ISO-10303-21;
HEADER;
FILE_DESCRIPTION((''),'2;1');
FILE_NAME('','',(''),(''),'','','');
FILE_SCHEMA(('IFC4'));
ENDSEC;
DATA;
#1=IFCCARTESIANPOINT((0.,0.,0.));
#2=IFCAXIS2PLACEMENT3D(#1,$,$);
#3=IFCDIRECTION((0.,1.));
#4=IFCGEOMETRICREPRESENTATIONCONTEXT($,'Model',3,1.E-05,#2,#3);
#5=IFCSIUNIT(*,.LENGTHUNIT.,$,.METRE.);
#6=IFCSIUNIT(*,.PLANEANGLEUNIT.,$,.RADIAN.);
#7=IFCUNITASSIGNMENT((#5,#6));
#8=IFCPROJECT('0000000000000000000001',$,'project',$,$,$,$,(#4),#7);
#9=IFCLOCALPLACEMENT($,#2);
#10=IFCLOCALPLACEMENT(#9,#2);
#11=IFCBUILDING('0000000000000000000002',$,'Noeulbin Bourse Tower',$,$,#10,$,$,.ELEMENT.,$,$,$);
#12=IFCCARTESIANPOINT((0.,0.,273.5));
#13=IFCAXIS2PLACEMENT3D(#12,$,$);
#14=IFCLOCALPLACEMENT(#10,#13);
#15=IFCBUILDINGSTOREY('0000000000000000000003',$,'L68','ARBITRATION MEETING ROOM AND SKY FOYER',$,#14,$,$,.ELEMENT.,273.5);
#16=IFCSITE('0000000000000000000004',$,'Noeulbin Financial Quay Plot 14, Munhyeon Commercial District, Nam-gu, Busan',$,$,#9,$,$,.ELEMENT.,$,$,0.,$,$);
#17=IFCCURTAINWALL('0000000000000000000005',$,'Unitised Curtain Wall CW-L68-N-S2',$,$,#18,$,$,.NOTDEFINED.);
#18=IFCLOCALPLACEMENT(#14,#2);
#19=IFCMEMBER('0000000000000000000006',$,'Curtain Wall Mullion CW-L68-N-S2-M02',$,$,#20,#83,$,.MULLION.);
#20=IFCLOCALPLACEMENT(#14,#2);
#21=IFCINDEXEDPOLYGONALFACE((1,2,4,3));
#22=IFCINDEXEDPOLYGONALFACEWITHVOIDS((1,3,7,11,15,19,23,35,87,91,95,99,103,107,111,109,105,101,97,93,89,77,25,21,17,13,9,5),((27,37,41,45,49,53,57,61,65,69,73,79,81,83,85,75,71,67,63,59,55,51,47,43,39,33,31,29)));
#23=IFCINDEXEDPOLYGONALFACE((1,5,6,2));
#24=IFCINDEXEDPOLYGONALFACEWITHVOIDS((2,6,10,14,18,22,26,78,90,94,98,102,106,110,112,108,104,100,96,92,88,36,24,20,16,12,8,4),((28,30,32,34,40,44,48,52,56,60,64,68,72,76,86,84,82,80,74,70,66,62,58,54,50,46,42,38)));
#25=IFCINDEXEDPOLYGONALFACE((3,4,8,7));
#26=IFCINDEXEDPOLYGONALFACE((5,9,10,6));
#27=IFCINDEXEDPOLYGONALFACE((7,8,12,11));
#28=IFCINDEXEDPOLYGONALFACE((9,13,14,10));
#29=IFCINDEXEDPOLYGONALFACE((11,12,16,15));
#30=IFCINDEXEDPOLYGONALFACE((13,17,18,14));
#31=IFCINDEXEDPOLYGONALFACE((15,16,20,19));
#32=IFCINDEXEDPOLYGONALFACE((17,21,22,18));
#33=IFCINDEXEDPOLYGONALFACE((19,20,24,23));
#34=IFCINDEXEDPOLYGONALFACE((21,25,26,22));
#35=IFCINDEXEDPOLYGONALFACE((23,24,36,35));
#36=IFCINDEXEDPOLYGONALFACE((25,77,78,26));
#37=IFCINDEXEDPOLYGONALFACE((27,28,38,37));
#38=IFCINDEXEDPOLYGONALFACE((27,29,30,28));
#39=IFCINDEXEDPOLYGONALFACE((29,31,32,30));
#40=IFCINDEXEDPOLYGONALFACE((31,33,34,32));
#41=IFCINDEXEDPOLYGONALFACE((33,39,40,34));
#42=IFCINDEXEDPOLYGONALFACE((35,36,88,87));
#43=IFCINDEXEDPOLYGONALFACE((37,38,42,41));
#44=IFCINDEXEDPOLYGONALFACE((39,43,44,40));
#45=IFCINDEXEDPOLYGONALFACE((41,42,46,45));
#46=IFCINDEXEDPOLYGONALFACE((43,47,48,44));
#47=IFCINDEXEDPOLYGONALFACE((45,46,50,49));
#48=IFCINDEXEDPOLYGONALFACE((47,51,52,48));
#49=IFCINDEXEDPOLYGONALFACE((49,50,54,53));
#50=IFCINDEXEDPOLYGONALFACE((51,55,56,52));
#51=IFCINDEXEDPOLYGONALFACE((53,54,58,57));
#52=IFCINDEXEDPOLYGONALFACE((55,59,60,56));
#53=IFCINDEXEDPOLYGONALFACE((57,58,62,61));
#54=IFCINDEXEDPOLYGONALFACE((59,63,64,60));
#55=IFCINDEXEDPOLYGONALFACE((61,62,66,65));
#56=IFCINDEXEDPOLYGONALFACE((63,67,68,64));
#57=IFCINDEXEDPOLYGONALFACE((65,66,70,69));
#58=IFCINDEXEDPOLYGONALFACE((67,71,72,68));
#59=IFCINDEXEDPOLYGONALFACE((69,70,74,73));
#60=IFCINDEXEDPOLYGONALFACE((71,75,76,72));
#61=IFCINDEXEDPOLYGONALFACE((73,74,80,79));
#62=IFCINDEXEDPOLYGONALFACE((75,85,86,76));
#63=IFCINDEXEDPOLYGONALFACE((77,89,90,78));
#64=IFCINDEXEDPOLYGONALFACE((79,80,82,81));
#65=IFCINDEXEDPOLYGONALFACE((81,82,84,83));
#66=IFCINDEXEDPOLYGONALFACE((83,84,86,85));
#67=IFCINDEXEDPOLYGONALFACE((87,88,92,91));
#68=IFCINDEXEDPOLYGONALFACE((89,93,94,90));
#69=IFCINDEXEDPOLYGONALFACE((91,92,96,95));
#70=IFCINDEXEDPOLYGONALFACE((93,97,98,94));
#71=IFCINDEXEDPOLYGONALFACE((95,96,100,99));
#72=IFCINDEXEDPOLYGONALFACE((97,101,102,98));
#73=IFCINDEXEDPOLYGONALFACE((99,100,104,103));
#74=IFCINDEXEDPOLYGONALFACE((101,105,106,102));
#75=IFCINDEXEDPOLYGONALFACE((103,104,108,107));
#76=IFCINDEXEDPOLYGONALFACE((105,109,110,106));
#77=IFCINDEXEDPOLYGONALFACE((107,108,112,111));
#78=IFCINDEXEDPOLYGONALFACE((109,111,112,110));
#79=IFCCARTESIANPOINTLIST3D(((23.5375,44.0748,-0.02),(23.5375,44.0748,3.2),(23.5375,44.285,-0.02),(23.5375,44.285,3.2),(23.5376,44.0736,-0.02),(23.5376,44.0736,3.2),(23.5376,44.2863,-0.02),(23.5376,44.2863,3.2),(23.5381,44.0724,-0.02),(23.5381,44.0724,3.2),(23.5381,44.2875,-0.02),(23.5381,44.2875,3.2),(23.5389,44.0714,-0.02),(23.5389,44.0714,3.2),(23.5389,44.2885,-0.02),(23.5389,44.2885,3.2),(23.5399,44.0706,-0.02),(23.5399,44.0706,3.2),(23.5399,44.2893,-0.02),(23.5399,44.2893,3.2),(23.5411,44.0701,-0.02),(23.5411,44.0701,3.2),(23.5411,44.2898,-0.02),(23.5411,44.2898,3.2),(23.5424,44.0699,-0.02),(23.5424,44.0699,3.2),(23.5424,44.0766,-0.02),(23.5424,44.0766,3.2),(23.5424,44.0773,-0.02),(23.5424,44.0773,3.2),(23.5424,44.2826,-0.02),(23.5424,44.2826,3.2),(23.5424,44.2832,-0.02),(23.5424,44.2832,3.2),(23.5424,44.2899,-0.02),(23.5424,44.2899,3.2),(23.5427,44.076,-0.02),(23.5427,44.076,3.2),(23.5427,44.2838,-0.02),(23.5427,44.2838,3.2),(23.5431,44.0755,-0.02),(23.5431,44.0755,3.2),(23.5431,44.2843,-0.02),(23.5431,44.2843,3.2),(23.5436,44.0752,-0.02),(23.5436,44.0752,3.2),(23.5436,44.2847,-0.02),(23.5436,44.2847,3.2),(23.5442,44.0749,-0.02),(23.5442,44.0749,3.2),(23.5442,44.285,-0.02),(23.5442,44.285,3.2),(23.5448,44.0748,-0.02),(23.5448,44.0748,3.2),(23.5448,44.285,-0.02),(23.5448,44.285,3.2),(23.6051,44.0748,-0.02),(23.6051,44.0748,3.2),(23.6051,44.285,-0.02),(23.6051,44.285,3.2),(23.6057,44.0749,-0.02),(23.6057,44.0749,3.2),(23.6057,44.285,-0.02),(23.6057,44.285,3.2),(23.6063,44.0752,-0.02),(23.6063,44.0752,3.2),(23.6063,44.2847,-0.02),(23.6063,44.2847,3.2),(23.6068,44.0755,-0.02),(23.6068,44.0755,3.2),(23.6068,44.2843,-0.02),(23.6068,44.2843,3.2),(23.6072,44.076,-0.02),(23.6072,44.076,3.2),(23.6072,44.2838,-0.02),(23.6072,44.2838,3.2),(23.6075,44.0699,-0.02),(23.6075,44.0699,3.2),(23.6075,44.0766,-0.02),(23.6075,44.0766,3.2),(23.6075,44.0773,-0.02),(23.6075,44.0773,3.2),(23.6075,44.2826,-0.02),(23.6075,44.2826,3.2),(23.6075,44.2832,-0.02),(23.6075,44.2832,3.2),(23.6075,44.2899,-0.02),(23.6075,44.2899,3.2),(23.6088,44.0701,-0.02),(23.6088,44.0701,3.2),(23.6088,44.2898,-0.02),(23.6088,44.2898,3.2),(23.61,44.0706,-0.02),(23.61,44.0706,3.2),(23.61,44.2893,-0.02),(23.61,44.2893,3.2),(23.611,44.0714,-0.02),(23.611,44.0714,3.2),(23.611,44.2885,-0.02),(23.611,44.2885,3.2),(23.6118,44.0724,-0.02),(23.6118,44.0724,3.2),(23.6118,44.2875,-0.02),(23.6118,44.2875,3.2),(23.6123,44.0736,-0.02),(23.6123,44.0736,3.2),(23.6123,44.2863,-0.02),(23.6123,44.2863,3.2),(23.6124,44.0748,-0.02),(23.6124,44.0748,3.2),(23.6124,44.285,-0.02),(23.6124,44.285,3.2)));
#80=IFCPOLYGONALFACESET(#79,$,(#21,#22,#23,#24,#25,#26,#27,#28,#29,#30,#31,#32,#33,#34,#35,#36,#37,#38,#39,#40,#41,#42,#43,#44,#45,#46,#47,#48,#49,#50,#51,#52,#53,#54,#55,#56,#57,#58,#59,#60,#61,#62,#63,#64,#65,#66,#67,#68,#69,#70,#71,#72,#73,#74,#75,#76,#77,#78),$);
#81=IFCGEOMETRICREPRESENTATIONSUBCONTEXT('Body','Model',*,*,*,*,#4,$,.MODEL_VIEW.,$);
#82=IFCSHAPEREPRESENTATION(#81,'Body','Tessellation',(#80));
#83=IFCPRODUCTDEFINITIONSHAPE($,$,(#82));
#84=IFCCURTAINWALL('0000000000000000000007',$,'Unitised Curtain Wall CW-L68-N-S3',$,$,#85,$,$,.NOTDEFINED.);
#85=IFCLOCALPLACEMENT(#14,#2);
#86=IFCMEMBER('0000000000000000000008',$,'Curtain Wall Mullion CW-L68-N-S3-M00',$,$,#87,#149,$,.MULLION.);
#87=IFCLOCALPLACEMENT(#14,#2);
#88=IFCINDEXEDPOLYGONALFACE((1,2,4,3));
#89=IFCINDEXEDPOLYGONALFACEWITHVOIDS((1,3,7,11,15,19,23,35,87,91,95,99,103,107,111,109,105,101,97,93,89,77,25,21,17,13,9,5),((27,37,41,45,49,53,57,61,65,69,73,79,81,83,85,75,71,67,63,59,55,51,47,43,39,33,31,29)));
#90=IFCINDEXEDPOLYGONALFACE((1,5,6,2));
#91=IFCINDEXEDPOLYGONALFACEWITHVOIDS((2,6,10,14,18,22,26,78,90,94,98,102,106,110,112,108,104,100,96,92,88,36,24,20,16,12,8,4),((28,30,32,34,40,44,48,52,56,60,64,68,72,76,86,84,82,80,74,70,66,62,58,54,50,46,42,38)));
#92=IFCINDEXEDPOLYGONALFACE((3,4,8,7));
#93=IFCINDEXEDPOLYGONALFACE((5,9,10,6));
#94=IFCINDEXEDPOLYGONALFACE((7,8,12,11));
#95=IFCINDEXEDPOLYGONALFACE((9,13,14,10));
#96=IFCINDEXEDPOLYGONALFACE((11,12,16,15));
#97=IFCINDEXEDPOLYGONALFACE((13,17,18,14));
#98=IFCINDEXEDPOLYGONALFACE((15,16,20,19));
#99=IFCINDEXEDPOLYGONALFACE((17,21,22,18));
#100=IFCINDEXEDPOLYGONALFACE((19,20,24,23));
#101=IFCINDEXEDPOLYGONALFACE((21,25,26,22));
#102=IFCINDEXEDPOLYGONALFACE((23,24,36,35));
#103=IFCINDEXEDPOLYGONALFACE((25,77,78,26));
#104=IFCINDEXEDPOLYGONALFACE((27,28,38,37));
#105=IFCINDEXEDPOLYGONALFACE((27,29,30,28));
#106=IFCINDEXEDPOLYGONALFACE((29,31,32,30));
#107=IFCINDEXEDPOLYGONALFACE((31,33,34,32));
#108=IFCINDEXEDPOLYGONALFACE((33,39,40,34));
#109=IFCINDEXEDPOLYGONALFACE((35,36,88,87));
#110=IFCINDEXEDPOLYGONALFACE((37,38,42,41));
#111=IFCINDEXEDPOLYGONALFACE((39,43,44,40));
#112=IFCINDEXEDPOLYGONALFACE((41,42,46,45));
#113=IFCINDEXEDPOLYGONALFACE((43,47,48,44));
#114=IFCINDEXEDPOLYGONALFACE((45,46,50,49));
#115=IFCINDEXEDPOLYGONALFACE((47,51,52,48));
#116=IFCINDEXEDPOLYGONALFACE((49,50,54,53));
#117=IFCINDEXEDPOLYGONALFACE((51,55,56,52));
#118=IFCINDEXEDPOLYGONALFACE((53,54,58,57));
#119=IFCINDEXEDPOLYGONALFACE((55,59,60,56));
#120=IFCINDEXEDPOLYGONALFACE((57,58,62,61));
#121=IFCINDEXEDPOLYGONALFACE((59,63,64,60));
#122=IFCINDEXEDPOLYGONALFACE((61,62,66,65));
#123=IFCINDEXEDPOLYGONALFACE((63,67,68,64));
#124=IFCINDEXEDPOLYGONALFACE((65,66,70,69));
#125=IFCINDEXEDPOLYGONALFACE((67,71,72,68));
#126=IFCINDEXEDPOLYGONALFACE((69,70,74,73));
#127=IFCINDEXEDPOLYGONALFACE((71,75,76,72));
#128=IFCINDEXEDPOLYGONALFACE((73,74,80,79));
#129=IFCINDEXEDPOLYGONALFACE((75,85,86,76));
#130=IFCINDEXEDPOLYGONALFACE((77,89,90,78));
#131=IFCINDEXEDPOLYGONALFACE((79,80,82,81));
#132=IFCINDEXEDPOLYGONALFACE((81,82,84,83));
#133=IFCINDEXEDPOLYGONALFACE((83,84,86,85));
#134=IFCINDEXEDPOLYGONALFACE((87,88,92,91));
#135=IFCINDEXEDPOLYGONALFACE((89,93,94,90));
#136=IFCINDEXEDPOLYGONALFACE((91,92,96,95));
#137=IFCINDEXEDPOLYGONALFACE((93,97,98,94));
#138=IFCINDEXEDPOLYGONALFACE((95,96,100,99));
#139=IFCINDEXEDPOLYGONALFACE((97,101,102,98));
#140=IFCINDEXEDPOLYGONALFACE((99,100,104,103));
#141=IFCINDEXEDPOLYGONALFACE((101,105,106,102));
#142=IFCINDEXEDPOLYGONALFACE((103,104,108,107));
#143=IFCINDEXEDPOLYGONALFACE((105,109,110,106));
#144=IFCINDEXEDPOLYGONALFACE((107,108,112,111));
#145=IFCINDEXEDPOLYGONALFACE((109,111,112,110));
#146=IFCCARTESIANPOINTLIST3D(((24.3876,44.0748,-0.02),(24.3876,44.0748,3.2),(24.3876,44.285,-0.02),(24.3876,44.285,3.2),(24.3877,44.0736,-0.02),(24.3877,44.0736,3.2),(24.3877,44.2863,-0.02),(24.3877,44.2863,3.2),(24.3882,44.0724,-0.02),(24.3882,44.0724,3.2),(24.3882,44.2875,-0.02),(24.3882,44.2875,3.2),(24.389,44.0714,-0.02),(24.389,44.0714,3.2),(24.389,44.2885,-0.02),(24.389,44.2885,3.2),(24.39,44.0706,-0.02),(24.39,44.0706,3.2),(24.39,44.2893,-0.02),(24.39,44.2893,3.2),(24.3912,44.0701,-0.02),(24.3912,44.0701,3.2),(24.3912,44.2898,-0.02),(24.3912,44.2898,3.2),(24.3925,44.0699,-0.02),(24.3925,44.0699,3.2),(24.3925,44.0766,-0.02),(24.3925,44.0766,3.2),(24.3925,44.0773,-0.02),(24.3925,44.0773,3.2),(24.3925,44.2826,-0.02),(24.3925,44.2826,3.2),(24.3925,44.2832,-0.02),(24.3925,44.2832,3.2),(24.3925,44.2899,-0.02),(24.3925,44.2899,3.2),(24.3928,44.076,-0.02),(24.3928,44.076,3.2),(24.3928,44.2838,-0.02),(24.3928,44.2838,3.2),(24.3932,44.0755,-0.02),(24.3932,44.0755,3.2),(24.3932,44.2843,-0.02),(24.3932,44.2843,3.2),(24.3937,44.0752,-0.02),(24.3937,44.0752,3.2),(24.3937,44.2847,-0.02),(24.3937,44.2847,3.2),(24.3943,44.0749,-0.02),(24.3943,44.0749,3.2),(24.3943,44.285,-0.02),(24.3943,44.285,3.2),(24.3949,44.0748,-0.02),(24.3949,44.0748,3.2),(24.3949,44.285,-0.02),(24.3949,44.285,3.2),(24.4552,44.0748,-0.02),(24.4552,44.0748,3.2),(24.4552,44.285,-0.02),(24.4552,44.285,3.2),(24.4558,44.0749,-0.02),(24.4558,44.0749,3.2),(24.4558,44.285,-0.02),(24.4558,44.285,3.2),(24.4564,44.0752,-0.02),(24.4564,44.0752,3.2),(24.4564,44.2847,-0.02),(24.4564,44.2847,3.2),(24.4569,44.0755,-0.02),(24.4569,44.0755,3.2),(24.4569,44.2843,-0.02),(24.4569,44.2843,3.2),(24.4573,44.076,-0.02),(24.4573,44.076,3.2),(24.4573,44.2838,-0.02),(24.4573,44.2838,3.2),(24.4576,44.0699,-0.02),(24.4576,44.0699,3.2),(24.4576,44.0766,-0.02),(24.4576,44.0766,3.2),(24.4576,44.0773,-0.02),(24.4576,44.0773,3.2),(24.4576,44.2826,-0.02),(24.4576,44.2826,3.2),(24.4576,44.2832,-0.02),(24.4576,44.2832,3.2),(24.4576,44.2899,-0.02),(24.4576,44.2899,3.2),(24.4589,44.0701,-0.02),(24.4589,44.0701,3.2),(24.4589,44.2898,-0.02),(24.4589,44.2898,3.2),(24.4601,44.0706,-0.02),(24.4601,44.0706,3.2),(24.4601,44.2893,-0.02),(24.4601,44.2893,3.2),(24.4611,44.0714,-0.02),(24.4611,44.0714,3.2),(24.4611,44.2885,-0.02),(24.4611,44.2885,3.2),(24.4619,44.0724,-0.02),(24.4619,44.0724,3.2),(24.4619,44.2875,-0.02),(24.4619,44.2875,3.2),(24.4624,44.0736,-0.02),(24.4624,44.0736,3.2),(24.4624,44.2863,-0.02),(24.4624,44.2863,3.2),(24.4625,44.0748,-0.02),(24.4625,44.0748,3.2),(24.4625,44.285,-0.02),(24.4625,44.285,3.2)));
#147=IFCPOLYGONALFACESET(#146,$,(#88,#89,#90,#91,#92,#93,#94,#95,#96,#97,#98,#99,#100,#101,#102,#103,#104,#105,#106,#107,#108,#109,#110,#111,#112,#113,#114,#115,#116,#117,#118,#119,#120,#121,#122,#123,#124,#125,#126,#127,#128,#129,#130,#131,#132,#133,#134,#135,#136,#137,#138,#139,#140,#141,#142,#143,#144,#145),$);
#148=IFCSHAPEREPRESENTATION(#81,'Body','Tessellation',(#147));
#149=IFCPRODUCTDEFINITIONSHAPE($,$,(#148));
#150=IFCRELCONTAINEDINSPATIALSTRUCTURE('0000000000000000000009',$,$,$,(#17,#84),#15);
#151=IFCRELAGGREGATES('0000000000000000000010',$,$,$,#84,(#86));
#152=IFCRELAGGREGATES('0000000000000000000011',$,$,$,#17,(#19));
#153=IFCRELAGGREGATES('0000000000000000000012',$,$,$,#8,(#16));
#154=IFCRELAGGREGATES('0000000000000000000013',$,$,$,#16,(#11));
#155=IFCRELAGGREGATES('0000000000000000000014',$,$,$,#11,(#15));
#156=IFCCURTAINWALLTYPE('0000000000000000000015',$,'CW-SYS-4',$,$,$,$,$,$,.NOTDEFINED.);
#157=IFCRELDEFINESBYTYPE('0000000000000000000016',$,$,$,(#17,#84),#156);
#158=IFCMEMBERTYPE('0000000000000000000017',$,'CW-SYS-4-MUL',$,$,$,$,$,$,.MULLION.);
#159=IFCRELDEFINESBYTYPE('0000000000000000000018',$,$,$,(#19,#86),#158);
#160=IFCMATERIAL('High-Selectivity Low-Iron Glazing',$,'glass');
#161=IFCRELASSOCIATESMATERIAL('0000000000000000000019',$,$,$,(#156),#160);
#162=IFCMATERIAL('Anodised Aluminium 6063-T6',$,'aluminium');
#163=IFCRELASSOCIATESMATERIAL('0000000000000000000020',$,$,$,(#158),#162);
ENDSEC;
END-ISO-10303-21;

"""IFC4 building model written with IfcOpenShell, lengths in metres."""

from ifc_helpers import new_model, si_unit, direction, frame, origin, origin_2d, place, context, subcontext, project, spatial, hollow_rectangle, extrude, material, material_profile, profile_set, type_object, element, aggregate, save


model = new_model("IFC4")

# Units and contexts
model_context = context("Model", 3, precision=1e-05, world=origin(), true_north=direction((0.0, 1.0)))
body_context = subcontext(model_context, "Body", "Model", "MODEL_VIEW")
ifc_project = project(units=[si_unit("LENGTHUNIT", "METRE"), si_unit("PLANEANGLEUNIT", "RADIAN")], contexts=[model_context])

# Site, building, storey
site_placement = place(None, origin())
site = spatial("IfcSite", under=ifc_project, at=site_placement, Name="Noeulbin Financial Quay Plot 14, Munhyeon Commercial District, Nam-gu, Busan", CompositionType="ELEMENT", RefElevation=0.0)
building_placement = place(site_placement, origin())
building = spatial("IfcBuilding", under=site, at=building_placement, Name="Noeulbin Bourse Tower", CompositionType="ELEMENT")
storey_placement = place(building_placement, frame((0.0, 0.0, 273.5)))
storey = spatial("IfcBuildingStorey", under=building, at=storey_placement, Name="L68", Description="ARBITRATION MEETING ROOM AND SKY FOYER", CompositionType="ELEMENT", Elevation=273.5)

# Curtain walls, members
ifc_material_1 = material(Name="High-Selectivity Low-Iron Glazing", Category="glass")
curtain_wall_type = type_object("IfcCurtainWallType", Name="CW-SYS-4", PredefinedType="NOTDEFINED", material=ifc_material_1)
curtain_wall_1_placement = place(storey_placement, origin())
curtain_wall_1 = element("IfcCurtainWall", 1, at=curtain_wall_1_placement, inside=storey, type_object=curtain_wall_type, Name="Unitised Curtain Wall CW-L68-N-S2", PredefinedType="NOTDEFINED")
ifc_material_2 = material(Name="Anodised Aluminium 6063-T6", Category="aluminium")
ifc_material_profile_1 = material_profile(ifc_material_2, hollow_rectangle(XDim=0.075, YDim=0.22, WallThickness=0.0049, InnerFilletRadius=0.0024, OuterFilletRadius=0.0049, at=origin_2d()), Name="ALU-MULL-75x220x5", Category="LoadBearing")
ifc_profile_set_1 = profile_set([ifc_material_profile_1], Name="Anodised Aluminium 6063-T6")
member_type_1 = type_object("IfcMemberType", Name="CW-SYS-4-MUL", PredefinedType="MULLION", material=ifc_profile_set_1)
member_1_placement = place(storey_placement, frame((23.575, 44.1799, -0.02), z_axis=(0.0, 0.0, 1.0), x_axis=(1.0, 0.0, 0.0)))
member_1 = element("IfcMember", 2, at=member_1_placement, type_object=member_type_1, Name="Curtain Wall Mullion CW-L68-N-S2-M02", PredefinedType="MULLION", context=body_context, shape_type="SweptSolid", body=[
    extrude(hollow_rectangle(XDim=0.075, YDim=0.22, WallThickness=0.0049, InnerFilletRadius=0.0024, OuterFilletRadius=0.0049, at=origin_2d()), origin(), (0.0, 0.0, 1.0), 3.22),
])
curtain_wall_2_placement = place(storey_placement, origin())
curtain_wall_2 = element("IfcCurtainWall", 3, at=curtain_wall_2_placement, inside=storey, type_object=curtain_wall_type, Name="Unitised Curtain Wall CW-L68-N-S3", PredefinedType="NOTDEFINED")
member_2_placement = place(storey_placement, frame((24.425, 44.1799, -0.02), z_axis=(0.0, 0.0, 1.0), x_axis=(1.0, 0.0, 0.0)))
member_2 = element("IfcMember", 4, at=member_2_placement, type_object=member_type_1, Name="Curtain Wall Mullion CW-L68-N-S3-M00", PredefinedType="MULLION", context=body_context, shape_type="SweptSolid", body=[
    extrude(hollow_rectangle(XDim=0.075, YDim=0.22, WallThickness=0.0049, InnerFilletRadius=0.0024, OuterFilletRadius=0.0049, at=origin_2d()), origin(), (0.0, 0.0, 1.0), 3.22),
])
aggregate(curtain_wall_2, [member_2])

aggregate(curtain_wall_1, [member_1])

save(model, "model.ifc")
